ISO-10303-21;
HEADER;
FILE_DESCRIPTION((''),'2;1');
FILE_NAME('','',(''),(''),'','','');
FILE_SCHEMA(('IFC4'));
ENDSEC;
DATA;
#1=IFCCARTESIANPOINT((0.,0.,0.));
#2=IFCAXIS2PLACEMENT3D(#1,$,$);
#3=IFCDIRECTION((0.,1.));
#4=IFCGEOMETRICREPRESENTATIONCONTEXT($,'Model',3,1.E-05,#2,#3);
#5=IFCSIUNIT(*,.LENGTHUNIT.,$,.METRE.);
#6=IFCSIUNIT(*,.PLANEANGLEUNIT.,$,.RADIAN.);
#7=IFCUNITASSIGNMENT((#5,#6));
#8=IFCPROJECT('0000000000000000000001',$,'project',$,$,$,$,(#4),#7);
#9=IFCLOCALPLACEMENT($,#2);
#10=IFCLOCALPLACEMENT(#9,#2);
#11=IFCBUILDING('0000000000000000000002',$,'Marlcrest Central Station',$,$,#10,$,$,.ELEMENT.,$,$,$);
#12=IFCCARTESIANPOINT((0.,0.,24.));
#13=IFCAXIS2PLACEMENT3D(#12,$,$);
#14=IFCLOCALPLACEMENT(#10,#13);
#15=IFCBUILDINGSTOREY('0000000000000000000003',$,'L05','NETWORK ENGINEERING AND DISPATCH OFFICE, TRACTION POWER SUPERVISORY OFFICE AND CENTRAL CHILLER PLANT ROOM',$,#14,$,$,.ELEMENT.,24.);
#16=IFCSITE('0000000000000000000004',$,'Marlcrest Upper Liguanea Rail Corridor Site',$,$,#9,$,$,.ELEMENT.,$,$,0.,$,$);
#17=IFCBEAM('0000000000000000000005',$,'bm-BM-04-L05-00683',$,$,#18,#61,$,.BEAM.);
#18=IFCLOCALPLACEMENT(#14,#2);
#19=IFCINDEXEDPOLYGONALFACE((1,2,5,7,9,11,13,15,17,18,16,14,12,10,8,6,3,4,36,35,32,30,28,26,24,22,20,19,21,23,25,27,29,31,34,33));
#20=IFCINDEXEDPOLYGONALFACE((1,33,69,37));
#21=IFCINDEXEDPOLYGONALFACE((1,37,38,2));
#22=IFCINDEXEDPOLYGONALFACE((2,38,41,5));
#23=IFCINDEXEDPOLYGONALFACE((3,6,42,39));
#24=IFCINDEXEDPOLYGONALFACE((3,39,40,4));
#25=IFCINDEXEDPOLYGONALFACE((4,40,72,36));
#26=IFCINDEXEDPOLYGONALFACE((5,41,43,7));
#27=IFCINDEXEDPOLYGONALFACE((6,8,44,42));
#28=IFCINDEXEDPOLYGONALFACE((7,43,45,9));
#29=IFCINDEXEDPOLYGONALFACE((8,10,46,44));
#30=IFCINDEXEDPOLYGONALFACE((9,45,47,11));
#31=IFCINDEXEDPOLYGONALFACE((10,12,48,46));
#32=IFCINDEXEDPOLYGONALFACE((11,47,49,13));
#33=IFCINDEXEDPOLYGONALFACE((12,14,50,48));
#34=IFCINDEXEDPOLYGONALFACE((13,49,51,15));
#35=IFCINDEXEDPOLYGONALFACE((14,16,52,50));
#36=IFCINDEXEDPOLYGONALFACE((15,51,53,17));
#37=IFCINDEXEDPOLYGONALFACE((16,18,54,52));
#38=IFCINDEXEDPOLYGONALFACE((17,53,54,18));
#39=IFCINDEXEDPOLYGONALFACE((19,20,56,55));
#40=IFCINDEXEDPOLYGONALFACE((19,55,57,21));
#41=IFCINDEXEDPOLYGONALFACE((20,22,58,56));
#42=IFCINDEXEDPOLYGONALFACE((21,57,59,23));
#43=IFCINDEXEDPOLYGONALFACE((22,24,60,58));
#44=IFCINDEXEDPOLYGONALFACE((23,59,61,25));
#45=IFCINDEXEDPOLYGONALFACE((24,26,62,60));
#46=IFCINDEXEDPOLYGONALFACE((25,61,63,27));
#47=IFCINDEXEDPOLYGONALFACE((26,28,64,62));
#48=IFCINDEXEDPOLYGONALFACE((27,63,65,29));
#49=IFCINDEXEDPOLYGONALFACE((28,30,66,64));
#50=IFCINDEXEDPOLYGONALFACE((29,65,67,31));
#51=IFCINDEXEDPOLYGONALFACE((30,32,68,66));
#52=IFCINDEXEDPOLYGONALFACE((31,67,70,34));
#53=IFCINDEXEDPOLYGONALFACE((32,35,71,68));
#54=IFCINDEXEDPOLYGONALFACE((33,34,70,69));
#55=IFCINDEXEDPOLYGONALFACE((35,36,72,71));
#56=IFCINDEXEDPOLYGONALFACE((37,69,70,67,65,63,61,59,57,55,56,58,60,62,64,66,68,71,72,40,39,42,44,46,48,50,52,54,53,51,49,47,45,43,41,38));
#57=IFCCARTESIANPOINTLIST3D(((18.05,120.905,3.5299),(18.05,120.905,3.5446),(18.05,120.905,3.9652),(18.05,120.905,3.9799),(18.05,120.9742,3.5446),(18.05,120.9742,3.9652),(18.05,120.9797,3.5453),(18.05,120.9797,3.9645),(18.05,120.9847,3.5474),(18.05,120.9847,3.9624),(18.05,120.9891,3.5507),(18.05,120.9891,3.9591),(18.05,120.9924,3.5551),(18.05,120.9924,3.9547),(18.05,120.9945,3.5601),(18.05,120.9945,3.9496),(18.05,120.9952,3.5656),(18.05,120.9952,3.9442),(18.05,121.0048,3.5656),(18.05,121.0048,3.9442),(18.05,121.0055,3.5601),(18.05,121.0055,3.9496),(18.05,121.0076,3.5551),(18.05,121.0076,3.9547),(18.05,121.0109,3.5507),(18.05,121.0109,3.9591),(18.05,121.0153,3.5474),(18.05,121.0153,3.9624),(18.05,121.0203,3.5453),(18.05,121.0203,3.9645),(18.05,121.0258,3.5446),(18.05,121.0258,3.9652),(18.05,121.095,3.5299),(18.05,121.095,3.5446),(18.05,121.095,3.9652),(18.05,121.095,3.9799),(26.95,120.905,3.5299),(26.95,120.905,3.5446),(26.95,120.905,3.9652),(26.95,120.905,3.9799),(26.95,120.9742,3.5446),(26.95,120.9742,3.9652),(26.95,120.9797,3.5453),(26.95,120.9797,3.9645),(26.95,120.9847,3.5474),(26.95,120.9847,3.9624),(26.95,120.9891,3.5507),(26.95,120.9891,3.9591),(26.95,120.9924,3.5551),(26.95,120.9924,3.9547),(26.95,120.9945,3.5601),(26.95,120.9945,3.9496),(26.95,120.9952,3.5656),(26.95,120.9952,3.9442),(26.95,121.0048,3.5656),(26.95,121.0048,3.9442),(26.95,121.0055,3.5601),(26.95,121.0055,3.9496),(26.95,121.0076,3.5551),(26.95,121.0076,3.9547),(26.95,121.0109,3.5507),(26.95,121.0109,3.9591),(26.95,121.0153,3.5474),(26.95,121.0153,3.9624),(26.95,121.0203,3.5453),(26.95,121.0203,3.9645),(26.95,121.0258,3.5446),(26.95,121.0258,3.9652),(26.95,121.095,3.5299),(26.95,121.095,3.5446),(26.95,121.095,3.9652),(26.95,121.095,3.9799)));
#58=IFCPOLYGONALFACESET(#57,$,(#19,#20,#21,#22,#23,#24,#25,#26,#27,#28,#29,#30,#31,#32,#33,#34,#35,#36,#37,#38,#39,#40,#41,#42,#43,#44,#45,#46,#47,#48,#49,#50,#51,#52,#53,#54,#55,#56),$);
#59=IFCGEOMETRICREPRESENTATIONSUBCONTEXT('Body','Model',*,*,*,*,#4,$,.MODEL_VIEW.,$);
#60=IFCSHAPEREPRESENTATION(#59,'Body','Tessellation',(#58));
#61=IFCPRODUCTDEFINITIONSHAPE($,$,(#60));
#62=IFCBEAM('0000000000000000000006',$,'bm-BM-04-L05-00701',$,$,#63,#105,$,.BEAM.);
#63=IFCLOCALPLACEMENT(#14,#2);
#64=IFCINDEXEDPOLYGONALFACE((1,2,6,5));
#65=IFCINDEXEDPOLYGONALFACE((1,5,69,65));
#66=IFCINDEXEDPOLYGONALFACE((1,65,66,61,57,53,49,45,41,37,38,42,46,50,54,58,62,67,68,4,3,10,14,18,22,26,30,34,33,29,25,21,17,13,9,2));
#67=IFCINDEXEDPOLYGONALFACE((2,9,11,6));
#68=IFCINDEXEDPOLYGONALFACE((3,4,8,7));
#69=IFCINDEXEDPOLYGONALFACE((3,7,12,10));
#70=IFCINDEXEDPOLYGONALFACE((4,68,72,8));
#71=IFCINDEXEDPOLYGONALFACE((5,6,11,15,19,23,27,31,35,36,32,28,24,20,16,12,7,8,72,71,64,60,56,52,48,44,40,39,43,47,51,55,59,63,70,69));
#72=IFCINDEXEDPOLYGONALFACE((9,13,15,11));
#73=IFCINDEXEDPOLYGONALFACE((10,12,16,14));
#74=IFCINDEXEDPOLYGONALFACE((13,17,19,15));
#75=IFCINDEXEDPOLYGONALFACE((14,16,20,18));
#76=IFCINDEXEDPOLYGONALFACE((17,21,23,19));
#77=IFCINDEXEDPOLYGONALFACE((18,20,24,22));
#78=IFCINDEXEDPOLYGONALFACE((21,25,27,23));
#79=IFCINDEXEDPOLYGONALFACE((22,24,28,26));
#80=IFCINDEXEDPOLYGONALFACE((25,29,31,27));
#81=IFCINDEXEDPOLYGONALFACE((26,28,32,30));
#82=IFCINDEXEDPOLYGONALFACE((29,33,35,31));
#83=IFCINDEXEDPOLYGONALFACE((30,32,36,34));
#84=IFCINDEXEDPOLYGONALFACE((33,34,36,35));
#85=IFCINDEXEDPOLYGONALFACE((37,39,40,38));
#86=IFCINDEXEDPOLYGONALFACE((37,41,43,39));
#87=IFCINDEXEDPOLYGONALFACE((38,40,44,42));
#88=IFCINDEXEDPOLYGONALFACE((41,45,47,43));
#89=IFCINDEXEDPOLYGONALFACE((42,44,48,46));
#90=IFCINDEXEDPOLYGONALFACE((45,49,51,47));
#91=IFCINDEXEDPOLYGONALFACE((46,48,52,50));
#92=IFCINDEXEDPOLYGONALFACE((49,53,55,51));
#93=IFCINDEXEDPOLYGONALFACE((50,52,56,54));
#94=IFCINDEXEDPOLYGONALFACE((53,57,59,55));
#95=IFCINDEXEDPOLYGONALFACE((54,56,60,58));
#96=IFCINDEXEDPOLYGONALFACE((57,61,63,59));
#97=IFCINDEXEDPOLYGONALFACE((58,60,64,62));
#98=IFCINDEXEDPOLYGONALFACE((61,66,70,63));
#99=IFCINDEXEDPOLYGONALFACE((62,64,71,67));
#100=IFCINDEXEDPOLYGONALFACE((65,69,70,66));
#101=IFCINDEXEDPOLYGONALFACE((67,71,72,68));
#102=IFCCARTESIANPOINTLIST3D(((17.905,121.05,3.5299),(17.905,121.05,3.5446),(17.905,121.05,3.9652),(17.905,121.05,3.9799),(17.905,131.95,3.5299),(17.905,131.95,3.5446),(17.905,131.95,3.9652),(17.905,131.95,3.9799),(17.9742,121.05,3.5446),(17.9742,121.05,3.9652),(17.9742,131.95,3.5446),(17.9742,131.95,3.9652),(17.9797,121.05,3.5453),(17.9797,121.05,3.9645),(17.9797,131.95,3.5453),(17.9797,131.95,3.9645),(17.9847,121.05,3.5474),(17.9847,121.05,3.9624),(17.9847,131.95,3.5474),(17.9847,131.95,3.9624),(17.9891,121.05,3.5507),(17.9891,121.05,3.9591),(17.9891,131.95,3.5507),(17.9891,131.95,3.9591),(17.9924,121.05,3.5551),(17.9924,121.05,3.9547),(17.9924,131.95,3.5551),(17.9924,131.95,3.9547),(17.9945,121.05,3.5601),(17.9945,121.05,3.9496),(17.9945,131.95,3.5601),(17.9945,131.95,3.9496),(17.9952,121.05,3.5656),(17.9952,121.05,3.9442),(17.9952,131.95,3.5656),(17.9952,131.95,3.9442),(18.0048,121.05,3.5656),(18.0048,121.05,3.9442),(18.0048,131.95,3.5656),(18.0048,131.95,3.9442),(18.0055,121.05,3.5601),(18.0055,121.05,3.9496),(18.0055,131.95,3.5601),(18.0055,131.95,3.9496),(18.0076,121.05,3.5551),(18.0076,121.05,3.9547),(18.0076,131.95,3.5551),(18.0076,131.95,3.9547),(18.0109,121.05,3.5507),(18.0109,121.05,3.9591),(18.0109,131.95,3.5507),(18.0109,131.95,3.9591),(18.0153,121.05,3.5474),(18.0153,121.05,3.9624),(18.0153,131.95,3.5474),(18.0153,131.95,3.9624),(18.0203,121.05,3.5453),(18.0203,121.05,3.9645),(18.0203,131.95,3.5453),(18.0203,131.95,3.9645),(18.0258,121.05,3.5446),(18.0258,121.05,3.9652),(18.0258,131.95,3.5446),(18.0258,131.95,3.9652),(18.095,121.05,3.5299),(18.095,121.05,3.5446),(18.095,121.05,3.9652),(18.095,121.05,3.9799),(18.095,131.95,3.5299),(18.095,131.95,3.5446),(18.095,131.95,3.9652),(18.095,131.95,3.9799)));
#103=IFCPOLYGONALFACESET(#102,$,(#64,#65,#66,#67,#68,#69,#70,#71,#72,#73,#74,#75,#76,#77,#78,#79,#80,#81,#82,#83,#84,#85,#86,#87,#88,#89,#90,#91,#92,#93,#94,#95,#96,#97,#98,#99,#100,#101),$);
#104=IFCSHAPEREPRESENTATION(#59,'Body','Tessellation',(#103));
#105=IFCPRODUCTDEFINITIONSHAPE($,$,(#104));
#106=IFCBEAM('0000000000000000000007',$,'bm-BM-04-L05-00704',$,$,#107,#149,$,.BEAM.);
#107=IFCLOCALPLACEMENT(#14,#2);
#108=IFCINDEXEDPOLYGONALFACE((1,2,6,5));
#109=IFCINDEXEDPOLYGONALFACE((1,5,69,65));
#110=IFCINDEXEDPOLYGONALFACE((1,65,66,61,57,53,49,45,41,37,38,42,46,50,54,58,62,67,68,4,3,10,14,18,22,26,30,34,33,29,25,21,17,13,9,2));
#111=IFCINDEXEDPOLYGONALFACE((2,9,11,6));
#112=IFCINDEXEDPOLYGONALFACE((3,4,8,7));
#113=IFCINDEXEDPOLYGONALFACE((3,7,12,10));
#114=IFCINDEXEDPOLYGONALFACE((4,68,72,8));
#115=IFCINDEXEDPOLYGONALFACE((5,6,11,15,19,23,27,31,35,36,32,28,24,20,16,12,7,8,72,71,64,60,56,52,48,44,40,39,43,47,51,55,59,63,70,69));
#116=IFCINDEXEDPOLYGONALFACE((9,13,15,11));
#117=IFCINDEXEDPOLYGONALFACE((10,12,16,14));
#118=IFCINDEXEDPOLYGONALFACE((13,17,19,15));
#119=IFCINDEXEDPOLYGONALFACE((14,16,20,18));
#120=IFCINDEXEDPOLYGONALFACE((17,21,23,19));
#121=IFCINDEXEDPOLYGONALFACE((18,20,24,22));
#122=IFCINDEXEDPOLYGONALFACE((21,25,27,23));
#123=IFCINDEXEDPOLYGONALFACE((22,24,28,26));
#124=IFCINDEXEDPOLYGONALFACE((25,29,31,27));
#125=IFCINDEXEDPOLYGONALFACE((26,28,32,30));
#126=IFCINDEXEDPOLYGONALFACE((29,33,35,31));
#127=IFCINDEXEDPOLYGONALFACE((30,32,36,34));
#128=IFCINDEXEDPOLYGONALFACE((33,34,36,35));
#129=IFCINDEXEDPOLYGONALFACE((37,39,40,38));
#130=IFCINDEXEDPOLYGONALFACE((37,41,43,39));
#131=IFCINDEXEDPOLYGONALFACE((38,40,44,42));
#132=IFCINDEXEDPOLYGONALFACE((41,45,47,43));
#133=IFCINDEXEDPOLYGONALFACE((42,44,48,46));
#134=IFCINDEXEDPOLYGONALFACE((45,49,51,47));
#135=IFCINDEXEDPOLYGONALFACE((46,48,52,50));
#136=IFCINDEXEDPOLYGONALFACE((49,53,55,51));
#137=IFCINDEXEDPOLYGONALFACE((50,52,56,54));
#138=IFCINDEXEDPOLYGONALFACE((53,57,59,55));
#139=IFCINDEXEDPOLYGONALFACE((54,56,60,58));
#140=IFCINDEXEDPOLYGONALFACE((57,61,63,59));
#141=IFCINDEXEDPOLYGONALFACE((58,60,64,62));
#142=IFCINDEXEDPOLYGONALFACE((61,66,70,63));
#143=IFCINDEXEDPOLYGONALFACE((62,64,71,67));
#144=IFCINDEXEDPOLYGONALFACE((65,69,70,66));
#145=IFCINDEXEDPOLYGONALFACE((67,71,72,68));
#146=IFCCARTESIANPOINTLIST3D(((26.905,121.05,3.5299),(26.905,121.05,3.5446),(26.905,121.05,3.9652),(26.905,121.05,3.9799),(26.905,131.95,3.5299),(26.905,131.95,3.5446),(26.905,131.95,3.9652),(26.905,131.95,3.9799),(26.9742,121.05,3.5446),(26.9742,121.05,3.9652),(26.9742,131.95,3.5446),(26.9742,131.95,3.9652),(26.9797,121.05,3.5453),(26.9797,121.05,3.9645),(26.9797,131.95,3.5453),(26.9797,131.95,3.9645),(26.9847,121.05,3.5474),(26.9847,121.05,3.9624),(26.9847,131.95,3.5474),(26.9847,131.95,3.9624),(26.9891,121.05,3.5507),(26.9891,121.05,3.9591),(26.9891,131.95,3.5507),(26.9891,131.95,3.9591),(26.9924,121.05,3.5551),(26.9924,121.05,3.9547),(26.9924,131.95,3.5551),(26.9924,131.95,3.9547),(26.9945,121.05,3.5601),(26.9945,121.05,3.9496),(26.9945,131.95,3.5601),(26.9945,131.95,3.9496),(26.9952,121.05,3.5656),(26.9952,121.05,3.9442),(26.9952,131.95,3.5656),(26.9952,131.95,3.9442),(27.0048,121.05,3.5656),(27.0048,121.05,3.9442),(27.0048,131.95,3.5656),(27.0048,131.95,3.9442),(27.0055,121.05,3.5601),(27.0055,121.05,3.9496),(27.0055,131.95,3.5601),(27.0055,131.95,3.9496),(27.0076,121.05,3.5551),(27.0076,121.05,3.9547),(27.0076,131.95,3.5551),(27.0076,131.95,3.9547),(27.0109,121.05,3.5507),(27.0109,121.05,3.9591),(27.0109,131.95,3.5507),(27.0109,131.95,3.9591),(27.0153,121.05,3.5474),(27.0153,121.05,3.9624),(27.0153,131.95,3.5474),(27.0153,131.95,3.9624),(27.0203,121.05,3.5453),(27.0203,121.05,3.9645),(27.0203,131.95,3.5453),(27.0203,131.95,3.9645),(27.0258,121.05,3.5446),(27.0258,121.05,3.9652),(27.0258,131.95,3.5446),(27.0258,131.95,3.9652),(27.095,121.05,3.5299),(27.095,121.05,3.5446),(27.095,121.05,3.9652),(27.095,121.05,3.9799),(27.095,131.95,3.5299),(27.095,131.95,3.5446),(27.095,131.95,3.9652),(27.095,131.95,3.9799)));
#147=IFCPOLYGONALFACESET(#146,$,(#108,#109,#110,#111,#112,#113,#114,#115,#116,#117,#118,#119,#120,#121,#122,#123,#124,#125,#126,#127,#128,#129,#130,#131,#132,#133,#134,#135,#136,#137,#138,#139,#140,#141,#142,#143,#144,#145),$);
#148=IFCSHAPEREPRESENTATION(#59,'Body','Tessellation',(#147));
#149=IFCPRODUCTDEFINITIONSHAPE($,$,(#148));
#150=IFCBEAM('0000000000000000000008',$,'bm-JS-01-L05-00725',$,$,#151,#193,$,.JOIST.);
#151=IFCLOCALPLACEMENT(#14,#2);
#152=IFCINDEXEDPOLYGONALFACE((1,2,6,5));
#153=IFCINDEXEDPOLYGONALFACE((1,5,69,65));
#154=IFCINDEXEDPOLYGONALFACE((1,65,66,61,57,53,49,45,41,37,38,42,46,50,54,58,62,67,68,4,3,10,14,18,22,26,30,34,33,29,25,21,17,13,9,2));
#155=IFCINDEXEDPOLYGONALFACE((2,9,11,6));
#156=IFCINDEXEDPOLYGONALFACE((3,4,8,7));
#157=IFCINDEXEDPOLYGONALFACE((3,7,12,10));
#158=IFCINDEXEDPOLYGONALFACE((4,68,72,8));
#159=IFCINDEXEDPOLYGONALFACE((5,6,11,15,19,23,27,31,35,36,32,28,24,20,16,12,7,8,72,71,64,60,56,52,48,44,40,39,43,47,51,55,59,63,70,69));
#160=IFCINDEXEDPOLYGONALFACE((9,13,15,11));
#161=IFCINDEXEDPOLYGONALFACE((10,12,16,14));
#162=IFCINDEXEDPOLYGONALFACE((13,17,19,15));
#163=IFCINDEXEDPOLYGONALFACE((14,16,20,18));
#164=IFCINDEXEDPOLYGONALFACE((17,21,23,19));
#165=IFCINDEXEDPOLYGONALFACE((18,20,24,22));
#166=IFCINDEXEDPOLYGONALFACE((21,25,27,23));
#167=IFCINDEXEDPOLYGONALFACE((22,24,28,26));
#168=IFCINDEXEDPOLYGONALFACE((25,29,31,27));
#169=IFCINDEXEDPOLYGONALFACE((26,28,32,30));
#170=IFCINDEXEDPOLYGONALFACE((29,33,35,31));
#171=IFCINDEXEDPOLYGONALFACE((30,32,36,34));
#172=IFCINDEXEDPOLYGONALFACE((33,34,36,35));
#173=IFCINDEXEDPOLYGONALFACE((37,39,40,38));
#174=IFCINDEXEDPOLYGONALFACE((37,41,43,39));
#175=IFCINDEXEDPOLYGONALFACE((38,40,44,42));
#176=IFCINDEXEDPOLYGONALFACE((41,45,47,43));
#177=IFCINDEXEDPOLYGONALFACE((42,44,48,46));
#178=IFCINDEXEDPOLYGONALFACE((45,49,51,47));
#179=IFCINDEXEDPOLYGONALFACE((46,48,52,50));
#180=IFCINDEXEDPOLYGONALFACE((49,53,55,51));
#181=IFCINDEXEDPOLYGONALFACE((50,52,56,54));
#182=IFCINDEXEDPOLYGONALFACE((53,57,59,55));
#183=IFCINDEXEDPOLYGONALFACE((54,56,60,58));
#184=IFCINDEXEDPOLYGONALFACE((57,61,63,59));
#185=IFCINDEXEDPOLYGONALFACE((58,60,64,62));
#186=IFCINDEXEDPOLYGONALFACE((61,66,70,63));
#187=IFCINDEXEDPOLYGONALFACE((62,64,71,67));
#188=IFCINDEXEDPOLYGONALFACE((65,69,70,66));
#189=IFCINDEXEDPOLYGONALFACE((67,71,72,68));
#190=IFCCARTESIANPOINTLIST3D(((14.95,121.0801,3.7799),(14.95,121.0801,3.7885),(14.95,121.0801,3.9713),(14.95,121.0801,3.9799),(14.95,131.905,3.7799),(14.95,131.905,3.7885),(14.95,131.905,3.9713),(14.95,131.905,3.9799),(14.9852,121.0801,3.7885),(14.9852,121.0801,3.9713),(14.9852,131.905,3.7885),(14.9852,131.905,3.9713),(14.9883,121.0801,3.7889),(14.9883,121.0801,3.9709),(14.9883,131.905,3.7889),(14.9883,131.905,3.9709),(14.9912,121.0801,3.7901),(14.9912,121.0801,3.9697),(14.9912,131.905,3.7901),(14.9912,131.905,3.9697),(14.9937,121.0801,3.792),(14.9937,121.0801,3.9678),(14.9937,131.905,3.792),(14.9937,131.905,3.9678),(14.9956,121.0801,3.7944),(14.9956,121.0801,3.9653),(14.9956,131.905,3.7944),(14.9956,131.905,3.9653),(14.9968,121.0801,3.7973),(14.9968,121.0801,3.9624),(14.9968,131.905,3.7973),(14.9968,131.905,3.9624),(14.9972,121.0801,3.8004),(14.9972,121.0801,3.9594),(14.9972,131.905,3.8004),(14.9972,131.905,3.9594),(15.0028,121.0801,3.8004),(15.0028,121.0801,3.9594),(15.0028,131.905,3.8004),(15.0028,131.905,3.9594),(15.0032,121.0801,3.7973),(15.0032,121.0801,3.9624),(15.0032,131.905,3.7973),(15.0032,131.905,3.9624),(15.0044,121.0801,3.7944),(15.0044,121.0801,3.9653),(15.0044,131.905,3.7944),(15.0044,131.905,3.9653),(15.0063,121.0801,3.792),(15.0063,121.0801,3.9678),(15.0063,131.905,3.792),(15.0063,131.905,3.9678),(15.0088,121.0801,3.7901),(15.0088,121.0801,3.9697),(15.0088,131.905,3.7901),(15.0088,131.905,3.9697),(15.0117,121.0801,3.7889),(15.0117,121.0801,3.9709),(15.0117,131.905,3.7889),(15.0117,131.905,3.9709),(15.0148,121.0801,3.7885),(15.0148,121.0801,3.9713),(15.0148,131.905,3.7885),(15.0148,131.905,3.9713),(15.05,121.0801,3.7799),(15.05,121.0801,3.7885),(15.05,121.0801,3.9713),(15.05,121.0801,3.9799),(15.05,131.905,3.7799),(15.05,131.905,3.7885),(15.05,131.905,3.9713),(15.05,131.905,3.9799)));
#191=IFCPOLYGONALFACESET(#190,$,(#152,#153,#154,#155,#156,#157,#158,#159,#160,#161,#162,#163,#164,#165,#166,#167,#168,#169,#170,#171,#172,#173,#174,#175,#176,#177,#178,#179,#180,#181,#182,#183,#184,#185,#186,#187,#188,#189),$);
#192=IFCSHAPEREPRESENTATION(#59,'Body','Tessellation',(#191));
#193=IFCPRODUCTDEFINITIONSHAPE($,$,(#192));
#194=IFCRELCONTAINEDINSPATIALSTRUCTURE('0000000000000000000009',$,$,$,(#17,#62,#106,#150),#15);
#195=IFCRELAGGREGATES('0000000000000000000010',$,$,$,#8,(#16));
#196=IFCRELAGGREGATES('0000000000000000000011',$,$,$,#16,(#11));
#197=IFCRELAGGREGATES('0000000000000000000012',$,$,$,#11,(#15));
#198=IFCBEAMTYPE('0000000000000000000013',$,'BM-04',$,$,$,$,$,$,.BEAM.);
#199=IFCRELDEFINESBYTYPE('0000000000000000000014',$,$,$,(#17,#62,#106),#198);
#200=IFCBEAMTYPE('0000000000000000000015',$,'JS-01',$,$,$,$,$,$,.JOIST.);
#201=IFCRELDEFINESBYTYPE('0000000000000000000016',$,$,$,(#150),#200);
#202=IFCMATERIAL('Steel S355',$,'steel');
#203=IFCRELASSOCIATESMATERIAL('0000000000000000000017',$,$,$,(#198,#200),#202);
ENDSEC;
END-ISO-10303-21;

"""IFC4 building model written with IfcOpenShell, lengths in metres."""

from ifc_helpers import new_model, si_unit, direction, frame, origin, origin_2d, place, context, subcontext, project, spatial, i_section, extrude, material, material_profile, profile_set, type_object, element, save


model = new_model("IFC4")

# Units and contexts
model_context = context("Model", 3, precision=1e-05, world=origin(), true_north=direction((0.0, 1.0)))
body_context = subcontext(model_context, "Body", "Model", "MODEL_VIEW")
ifc_project = project(units=[si_unit("LENGTHUNIT", "METRE"), si_unit("PLANEANGLEUNIT", "RADIAN")], contexts=[model_context])

# Site, building, storey
site_placement = place(None, origin())
site = spatial("IfcSite", under=ifc_project, at=site_placement, Name="Marlcrest Upper Liguanea Rail Corridor Site", CompositionType="ELEMENT", RefElevation=0.0)
building_placement = place(site_placement, origin())
building = spatial("IfcBuilding", under=site, at=building_placement, Name="Marlcrest Central Station", CompositionType="ELEMENT")
storey_placement = place(building_placement, frame((0.0, 0.0, 24.0)))
storey = spatial("IfcBuildingStorey", under=building, at=storey_placement, Name="L05", Description="NETWORK ENGINEERING AND DISPATCH OFFICE, TRACTION POWER SUPERVISORY OFFICE AND CENTRAL CHILLER PLANT ROOM", CompositionType="ELEMENT", Elevation=24.0)

# Shared definitions
ifc_material_1 = material(Name="Steel S355", Category="steel")

# Beams
ifc_material_profile_1 = material_profile(ifc_material_1, i_section(OverallWidth=0.1899, OverallDepth=0.45, WebThickness=0.0095, FlangeThickness=0.0146, FilletRadius=0.021, at=origin_2d()), Name="IPE 450")
ifc_profile_set_1 = profile_set([ifc_material_profile_1], Name="Steel S355")
beam_type_1 = type_object("IfcBeamType", Name="BM-04", PredefinedType="BEAM", material=ifc_profile_set_1)
beam_1_placement = place(storey_placement, frame((18.05, 121.0, 3.7549), z_axis=(1.0, 0.0, 0.0), x_axis=(0.0, 1.0, 0.0)))
element("IfcBeam", 1, at=beam_1_placement, inside=storey, type_object=beam_type_1, Name="bm-BM-04-L05-00683", PredefinedType="BEAM", context=body_context, shape_type="SweptSolid", body=[
    extrude(i_section(OverallWidth=0.1899, OverallDepth=0.45, WebThickness=0.0095, FlangeThickness=0.0146, FilletRadius=0.021, at=origin_2d()), origin(), (0.0, 0.0, 1.0), 8.8999),
])
for number, where, z_axis, x_axis, name in (
    (2, (18.0, 121.05, 3.7549), (0.0, 1.0, 0.0), (-1.0, 0.0, 0.0), "bm-BM-04-L05-00701"),
    (3, (27.0, 121.05, 3.7549), (0.0, 1.0, 0.0), (-1.0, 0.0, 0.0), "bm-BM-04-L05-00704"),
):
    element("IfcBeam", number, at=place(storey_placement, frame(where, z_axis=z_axis, x_axis=x_axis)), inside=storey, type_object=beam_type_1, Name=name, PredefinedType="BEAM", context=body_context, shape_type="SweptSolid", body=[
        extrude(i_section(OverallWidth=0.1899, OverallDepth=0.45, WebThickness=0.0095, FlangeThickness=0.0146, FilletRadius=0.021, at=origin_2d()), origin(), (0.0, 0.0, 1.0), 10.8999),
    ])
ifc_material_profile_2 = material_profile(ifc_material_1, i_section(OverallWidth=0.1001, OverallDepth=0.2, WebThickness=0.0056, FlangeThickness=0.0085, FilletRadius=0.012, at=origin_2d()), Name="IPE 200")
ifc_profile_set_2 = profile_set([ifc_material_profile_2], Name="Steel S355")
beam_type_2 = type_object("IfcBeamType", Name="JS-01", PredefinedType="JOIST", material=ifc_profile_set_2)
beam_2_placement = place(storey_placement, frame((15.0, 121.0801, 3.8799), z_axis=(0.0, 1.0, 0.0), x_axis=(-1.0, 0.0, 0.0)))
element("IfcBeam", 4, at=beam_2_placement, inside=storey, type_object=beam_type_2, Name="bm-JS-01-L05-00725", PredefinedType="JOIST", context=body_context, shape_type="SweptSolid", body=[
    extrude(i_section(OverallWidth=0.1001, OverallDepth=0.2, WebThickness=0.0056, FlangeThickness=0.0085, FilletRadius=0.012, at=origin_2d()), origin(), (0.0, 0.0, 1.0), 10.825),
])

save(model, "model.ifc")
